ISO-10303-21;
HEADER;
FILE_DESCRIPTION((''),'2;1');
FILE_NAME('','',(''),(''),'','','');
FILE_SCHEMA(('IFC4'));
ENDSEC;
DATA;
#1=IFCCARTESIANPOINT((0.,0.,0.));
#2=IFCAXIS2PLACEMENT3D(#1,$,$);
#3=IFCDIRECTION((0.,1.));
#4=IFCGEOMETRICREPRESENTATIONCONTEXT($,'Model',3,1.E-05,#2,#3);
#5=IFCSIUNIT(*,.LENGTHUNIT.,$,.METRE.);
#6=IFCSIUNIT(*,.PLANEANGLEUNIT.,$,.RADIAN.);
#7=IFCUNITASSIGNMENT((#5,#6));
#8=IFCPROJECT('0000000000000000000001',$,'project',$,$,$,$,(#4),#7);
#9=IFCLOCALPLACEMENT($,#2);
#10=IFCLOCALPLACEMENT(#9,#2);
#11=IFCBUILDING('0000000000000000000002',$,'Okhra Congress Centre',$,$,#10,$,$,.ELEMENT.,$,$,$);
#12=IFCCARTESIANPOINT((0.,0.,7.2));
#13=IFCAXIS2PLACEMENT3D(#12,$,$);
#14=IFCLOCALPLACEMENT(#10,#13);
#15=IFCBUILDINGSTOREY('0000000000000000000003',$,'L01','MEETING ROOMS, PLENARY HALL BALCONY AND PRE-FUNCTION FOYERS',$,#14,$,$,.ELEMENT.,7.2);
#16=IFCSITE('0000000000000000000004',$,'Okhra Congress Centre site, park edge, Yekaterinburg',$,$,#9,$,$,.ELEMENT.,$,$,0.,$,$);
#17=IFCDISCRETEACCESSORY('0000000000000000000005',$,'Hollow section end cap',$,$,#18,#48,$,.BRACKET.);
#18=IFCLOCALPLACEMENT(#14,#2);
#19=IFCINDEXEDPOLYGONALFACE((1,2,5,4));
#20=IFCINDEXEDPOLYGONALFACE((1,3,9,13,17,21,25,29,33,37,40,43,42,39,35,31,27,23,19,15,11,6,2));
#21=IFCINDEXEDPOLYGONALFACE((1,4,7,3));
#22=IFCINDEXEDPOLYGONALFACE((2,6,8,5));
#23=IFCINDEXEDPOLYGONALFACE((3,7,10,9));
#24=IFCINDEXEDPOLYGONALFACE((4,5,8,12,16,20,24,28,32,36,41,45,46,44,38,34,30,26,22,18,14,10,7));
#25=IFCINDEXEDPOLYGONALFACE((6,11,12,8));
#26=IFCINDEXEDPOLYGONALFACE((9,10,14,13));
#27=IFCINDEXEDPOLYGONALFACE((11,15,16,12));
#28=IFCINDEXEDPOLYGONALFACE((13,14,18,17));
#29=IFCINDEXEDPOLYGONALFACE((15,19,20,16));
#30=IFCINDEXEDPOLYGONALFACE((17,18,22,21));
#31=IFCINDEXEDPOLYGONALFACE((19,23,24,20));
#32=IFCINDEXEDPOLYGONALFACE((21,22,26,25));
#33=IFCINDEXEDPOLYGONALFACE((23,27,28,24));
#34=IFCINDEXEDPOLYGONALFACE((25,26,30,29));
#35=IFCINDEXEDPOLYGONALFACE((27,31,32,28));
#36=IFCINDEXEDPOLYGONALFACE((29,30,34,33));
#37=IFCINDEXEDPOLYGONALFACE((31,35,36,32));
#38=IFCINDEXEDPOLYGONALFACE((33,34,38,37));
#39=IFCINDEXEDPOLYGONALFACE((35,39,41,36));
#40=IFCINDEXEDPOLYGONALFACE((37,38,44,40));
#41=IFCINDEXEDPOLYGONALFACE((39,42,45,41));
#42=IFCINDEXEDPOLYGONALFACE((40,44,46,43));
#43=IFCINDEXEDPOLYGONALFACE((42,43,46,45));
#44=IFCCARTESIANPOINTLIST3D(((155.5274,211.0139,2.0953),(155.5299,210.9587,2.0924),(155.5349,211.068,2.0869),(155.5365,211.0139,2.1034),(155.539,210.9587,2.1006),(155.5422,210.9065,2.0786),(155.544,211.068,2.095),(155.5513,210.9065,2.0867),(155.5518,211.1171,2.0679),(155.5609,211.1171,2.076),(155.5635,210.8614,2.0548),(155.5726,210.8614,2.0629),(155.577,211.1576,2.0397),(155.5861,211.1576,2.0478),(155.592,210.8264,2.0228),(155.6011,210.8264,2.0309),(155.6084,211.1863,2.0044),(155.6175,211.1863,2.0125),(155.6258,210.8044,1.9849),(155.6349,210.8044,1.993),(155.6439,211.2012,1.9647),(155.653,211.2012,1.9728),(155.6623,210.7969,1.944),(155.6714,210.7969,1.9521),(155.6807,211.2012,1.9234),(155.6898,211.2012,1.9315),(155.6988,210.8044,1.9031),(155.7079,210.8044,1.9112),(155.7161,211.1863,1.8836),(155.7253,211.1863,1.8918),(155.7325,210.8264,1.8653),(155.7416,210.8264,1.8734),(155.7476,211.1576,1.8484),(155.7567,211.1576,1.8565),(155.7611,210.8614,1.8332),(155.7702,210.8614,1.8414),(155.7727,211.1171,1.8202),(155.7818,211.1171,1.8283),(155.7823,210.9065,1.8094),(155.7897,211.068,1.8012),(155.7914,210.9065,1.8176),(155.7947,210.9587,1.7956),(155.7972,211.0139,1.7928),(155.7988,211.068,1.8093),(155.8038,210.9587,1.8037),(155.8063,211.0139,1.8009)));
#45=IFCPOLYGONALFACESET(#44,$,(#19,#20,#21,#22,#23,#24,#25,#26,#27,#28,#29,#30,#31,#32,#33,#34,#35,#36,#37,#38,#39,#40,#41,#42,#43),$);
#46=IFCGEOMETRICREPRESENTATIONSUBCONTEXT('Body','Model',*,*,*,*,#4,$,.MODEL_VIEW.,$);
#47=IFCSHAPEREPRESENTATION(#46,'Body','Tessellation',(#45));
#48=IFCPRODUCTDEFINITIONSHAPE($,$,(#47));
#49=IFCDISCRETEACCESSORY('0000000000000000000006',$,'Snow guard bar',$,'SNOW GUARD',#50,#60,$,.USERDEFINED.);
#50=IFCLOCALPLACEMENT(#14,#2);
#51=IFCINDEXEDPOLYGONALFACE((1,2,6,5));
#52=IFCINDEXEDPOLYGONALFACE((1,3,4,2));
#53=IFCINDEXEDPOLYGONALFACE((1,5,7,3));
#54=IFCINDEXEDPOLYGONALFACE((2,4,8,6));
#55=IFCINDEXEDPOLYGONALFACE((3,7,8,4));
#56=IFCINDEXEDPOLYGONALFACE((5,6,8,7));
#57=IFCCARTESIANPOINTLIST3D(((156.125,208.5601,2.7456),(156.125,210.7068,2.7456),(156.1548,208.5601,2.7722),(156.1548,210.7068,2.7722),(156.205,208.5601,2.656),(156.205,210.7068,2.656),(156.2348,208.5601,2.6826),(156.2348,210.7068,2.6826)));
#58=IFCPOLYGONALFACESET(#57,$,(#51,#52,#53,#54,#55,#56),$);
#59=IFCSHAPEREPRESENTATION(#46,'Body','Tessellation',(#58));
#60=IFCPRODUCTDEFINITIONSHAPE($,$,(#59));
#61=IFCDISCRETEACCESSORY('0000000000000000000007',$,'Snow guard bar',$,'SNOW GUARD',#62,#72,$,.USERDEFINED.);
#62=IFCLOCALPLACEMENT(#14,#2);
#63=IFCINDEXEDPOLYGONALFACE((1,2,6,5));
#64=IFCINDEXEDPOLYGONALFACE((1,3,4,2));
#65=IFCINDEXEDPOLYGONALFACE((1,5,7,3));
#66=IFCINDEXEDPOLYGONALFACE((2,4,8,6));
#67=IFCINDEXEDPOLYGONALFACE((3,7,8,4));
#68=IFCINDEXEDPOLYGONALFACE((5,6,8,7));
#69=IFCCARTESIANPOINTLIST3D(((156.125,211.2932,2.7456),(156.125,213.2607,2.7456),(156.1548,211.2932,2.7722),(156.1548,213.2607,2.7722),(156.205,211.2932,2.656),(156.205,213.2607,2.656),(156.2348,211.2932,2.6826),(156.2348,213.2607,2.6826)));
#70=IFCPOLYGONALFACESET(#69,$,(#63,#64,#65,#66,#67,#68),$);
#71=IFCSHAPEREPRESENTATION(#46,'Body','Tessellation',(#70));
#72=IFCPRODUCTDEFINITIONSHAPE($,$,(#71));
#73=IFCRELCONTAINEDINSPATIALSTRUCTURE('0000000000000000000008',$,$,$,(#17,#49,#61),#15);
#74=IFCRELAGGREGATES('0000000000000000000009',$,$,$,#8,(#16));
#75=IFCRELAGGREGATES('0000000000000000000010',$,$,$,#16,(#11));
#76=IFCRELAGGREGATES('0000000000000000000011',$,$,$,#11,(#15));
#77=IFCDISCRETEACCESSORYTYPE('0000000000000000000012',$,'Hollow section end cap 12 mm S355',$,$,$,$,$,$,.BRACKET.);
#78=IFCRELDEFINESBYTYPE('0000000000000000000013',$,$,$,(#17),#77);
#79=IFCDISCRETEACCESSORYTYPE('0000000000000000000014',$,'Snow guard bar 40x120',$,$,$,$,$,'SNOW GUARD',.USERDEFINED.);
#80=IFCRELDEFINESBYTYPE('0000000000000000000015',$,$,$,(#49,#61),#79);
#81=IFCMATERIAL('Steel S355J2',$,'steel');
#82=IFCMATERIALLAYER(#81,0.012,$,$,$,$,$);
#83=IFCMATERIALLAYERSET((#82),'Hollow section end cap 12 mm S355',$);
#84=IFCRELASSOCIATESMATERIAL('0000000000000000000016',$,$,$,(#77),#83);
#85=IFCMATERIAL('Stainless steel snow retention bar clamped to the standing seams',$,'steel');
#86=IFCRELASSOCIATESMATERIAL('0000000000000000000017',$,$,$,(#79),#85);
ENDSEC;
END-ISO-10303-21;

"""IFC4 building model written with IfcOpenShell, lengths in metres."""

from ifc_helpers import new_model, si_unit, direction, frame, origin, origin_2d, place, context, subcontext, project, spatial, polyline, circle, outline, extrude, material, layer, layer_set, type_object, element, save


model = new_model("IFC4")

# Units and contexts
model_context = context("Model", 3, precision=1e-05, world=origin(), true_north=direction((0.0, 1.0)))
body_context = subcontext(model_context, "Body", "Model", "MODEL_VIEW")
ifc_project = project(units=[si_unit("LENGTHUNIT", "METRE"), si_unit("PLANEANGLEUNIT", "RADIAN")], contexts=[model_context])

# Site, building, storey
site_placement = place(None, origin())
site = spatial("IfcSite", under=ifc_project, at=site_placement, Name="Okhra Congress Centre site, park edge, Yekaterinburg", CompositionType="ELEMENT", RefElevation=0.0)
building_placement = place(site_placement, origin())
building = spatial("IfcBuilding", under=site, at=building_placement, Name="Okhra Congress Centre", CompositionType="ELEMENT")
storey_placement = place(building_placement, frame((0.0, 0.0, 7.2)))
storey = spatial("IfcBuildingStorey", under=building, at=storey_placement, Name="L01", Description="MEETING ROOMS, PLENARY HALL BALCONY AND PRE-FUNCTION FOYERS", CompositionType="ELEMENT", Elevation=7.2)

# Shared definitions
ifc_material_1 = material(Name="Steel S355J2", Category="steel")

# Discrete accessories
ifc_layer_1 = layer(ifc_material_1, 0.012)
ifc_layer_set_1 = layer_set([ifc_layer_1], Name="Hollow section end cap 12 mm S355")
discrete_accessory_type_1 = type_object("IfcDiscreteAccessoryType", Name="Hollow section end cap 12 mm S355", PredefinedType="BRACKET", material=ifc_layer_set_1)
discrete_accessory_1_placement = place(storey_placement, frame((155.6714, 211.0, 1.9521), z_axis=(-0.746295, 0.0, -0.665615), x_axis=(0.0, -1.0, 0.0)))
element("IfcDiscreteAccessory", 1, at=discrete_accessory_1_placement, inside=storey, type_object=discrete_accessory_type_1, Name="Hollow section end cap", PredefinedType="BRACKET", context=body_context, shape_type="SweptSolid", body=[
    extrude(circle(Radius=0.2031, at=origin_2d()), origin(), (0.0, 0.0, 1.0), 0.0122),
])
ifc_material_2 = material(Name="Stainless steel snow retention bar clamped to the standing seams", Category="steel")
discrete_accessory_type_2 = type_object("IfcDiscreteAccessoryType", Name="Snow guard bar 40x120", ElementType="SNOW GUARD", PredefinedType="USERDEFINED", material=ifc_material_2)
discrete_accessory_2_placement = place(storey_placement, frame((156.125, 208.5601, 2.7456), z_axis=(-0.666259, 0.0, 0.745721), x_axis=(0.745721, 0.0, 0.666259)))
element("IfcDiscreteAccessory", 2, at=discrete_accessory_2_placement, inside=storey, type_object=discrete_accessory_type_2, Name="Snow guard bar", ObjectType="SNOW GUARD", PredefinedType="USERDEFINED", context=body_context, shape_type="SweptSolid", body=[
    extrude(outline(polyline([(0.0, 0.0), (0.0399, 0.0), (0.0399, 2.1467), (0.0, 2.1467), (0.0, 0.0)])), origin(), (0.0, 0.0, -1.0), 0.1201),
])
discrete_accessory_3_placement = place(storey_placement, frame((156.125, 211.2932, 2.7456), z_axis=(-0.666259, 0.0, 0.745721), x_axis=(0.745721, 0.0, 0.666259)))
element("IfcDiscreteAccessory", 3, at=discrete_accessory_3_placement, inside=storey, type_object=discrete_accessory_type_2, Name="Snow guard bar", ObjectType="SNOW GUARD", PredefinedType="USERDEFINED", context=body_context, shape_type="SweptSolid", body=[
    extrude(outline(polyline([(0.0, 0.0), (0.0399, 0.0), (0.0399, 1.9675), (0.0, 1.9675), (0.0, 0.0)])), origin(), (0.0, 0.0, -1.0), 0.1201),
])

save(model, "model.ifc")
